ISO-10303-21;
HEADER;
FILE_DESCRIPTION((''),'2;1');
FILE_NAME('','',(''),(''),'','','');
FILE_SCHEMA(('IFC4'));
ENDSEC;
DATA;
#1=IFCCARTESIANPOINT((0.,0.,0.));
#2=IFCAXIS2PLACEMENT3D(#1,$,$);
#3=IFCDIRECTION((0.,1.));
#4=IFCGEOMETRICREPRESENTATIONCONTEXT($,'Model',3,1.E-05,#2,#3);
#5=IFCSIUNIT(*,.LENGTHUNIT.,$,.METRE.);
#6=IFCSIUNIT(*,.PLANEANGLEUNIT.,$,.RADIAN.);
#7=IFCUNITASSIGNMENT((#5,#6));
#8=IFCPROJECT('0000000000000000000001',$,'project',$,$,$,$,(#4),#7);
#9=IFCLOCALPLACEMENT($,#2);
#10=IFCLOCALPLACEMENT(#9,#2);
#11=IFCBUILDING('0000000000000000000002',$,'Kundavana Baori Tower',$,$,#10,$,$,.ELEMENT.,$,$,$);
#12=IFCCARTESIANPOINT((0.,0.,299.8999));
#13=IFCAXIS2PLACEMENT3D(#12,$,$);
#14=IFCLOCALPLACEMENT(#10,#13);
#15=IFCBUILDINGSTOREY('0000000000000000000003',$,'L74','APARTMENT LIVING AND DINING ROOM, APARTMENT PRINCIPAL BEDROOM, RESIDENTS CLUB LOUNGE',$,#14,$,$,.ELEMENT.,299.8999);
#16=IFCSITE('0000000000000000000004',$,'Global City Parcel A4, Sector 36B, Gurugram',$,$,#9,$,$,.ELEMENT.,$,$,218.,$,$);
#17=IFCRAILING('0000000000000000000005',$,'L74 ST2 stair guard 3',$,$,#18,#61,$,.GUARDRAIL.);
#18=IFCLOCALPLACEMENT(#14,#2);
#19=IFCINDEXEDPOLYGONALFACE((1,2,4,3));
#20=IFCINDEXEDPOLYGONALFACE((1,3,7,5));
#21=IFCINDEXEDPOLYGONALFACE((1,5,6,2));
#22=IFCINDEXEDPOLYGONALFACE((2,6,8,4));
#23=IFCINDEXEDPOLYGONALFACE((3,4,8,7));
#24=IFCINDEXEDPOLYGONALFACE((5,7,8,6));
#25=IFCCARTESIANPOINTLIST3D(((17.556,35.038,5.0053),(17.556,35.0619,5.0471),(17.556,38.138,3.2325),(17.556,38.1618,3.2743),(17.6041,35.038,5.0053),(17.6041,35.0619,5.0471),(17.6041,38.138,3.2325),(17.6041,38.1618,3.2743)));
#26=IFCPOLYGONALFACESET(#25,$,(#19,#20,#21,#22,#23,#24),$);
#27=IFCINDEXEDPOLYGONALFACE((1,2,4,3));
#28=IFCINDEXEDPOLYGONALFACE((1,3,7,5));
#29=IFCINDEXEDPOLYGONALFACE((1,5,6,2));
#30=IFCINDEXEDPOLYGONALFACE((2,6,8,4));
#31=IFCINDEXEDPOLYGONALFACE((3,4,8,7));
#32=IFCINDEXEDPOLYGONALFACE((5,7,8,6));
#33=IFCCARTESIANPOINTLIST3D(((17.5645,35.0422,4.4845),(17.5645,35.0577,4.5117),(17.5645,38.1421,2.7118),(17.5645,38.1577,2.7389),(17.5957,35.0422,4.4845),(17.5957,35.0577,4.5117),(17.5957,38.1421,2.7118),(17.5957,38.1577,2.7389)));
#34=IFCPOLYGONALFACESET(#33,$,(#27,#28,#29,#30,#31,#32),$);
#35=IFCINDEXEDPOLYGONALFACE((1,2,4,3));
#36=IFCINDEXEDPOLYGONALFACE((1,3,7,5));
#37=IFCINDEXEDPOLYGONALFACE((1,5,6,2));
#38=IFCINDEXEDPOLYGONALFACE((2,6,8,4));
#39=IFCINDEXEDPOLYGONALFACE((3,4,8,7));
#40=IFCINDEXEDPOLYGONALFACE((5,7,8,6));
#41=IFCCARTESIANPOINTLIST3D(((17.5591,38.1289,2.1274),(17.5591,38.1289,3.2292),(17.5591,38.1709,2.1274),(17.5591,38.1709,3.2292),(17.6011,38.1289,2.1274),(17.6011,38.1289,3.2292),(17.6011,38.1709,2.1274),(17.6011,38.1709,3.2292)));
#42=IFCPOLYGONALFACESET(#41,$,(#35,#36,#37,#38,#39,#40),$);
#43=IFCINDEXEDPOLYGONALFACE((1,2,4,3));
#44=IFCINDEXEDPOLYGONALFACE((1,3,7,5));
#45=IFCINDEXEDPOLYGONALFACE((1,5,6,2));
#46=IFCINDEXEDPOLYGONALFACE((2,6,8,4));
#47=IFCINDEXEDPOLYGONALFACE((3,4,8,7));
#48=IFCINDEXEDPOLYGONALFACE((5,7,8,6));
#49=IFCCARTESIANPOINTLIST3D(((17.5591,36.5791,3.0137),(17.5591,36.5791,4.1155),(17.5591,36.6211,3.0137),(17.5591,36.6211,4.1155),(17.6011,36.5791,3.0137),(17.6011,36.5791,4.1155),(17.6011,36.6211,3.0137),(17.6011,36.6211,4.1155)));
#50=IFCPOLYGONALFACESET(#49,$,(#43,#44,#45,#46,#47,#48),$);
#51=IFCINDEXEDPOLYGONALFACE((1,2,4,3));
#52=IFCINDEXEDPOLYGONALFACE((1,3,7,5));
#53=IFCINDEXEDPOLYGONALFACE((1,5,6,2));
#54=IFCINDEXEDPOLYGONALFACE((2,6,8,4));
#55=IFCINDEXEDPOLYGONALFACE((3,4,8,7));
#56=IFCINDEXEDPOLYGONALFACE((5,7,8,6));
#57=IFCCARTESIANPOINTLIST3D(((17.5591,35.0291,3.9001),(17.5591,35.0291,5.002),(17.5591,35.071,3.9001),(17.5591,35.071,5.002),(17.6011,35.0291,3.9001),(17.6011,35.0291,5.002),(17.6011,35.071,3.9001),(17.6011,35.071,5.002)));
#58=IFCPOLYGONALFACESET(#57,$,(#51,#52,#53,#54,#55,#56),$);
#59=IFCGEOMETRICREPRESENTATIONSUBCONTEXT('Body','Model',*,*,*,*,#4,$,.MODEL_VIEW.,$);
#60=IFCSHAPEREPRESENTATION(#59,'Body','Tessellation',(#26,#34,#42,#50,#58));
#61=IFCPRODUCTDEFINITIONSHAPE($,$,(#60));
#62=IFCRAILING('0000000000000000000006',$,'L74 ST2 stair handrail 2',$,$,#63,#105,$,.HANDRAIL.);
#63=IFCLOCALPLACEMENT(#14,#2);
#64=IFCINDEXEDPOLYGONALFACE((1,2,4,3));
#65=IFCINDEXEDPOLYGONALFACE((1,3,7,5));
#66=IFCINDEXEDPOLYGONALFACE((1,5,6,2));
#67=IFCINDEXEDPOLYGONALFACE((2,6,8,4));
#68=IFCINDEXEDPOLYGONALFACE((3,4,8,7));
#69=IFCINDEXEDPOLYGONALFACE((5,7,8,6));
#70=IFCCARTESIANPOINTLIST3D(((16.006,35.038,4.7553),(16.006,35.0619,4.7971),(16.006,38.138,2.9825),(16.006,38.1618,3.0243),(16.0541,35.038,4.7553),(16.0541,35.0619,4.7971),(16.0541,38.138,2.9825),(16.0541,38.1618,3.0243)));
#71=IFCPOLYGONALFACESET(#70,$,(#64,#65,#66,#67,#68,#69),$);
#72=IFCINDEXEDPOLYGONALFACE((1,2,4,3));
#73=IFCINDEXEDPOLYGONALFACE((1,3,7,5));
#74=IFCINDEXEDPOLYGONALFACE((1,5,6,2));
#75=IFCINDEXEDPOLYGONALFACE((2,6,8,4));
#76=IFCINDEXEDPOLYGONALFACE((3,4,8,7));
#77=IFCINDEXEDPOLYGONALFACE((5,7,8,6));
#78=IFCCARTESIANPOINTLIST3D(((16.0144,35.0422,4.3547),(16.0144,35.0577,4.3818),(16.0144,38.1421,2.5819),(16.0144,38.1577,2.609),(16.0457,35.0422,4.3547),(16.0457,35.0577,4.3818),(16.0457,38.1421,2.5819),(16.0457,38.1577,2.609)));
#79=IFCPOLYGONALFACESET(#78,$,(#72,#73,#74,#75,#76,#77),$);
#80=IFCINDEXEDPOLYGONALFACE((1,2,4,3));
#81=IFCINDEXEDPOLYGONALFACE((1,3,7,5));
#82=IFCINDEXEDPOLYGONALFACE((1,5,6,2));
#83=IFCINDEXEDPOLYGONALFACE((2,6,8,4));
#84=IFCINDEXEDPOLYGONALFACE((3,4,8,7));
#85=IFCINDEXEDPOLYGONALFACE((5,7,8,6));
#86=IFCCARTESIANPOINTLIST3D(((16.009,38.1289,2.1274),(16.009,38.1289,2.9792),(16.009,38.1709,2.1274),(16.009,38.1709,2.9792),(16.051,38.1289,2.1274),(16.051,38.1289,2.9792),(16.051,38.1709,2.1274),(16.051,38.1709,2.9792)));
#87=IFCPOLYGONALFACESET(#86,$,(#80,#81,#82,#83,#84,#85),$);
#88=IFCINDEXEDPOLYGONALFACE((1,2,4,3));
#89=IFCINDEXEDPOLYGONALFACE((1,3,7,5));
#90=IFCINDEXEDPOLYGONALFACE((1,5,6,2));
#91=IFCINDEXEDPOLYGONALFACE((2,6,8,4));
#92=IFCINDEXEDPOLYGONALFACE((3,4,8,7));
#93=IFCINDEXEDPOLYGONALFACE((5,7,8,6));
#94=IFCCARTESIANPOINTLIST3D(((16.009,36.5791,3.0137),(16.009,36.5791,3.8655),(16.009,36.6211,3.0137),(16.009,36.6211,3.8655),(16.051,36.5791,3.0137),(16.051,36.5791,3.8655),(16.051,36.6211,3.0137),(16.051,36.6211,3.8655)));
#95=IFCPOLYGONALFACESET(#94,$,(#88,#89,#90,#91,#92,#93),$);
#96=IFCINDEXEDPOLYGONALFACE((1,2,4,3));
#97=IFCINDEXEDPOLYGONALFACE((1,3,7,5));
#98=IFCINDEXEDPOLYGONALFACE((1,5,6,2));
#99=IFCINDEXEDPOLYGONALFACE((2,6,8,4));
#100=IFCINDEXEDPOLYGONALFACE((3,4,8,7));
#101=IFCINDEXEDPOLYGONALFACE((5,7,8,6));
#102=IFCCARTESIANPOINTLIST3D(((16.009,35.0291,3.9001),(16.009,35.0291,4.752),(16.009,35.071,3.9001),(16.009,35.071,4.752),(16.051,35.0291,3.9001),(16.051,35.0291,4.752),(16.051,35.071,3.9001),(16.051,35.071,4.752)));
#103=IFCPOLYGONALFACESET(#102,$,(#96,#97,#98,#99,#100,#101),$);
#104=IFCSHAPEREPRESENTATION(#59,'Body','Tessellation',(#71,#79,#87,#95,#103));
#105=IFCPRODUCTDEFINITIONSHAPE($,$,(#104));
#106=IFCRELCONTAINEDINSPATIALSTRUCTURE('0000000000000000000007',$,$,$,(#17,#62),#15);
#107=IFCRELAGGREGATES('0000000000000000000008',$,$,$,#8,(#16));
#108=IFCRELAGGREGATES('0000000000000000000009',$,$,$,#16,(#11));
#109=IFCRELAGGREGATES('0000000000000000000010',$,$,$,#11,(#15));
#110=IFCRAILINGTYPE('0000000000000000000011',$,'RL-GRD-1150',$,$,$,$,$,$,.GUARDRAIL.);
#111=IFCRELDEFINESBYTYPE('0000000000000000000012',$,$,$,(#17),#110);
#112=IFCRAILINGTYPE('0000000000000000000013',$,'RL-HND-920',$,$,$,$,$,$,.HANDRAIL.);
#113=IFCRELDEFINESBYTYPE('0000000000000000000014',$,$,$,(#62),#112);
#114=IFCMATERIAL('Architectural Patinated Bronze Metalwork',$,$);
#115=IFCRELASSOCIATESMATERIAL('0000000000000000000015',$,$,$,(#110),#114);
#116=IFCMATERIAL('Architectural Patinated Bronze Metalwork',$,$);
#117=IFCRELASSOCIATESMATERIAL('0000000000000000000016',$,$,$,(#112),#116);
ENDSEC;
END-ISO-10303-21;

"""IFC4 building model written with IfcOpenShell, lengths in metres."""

from ifc_helpers import new_model, si_unit, direction, frame, origin, origin_2d, place, context, subcontext, project, spatial, rectangle, extrude, material, type_object, element, save


model = new_model("IFC4")

# Units and contexts
model_context = context("Model", 3, precision=1e-05, world=origin(), true_north=direction((0.0, 1.0)))
body_context = subcontext(model_context, "Body", "Model", "MODEL_VIEW")
ifc_project = project(units=[si_unit("LENGTHUNIT", "METRE"), si_unit("PLANEANGLEUNIT", "RADIAN")], contexts=[model_context])

# Site, building, storey
site_placement = place(None, origin())
site = spatial("IfcSite", under=ifc_project, at=site_placement, Name="Global City Parcel A4, Sector 36B, Gurugram", CompositionType="ELEMENT", RefElevation=218.0)
building_placement = place(site_placement, origin())
building = spatial("IfcBuilding", under=site, at=building_placement, Name="Kundavana Baori Tower", CompositionType="ELEMENT")
storey_placement = place(building_placement, frame((0.0, 0.0, 299.8999)))
storey = spatial("IfcBuildingStorey", under=building, at=storey_placement, Name="L74", Description="APARTMENT LIVING AND DINING ROOM, APARTMENT PRINCIPAL BEDROOM, RESIDENTS CLUB LOUNGE", CompositionType="ELEMENT", Elevation=299.8999)

# Railings
ifc_material_1 = material(Name="Architectural Patinated Bronze Metalwork")
railing_type_1 = type_object("IfcRailingType", Name="RL-GRD-1150", PredefinedType="GUARDRAIL", material=ifc_material_1)
railing_1_placement = place(storey_placement, frame((17.5801, 38.1499, 2.1274)))
element("IfcRailing", 1, at=railing_1_placement, inside=storey, type_object=railing_type_1, Name="L74 ST2 stair guard 3", PredefinedType="GUARDRAIL", context=body_context, shape_type="SweptSolid", body=[
    extrude(rectangle(XDim=0.0481, YDim=0.0481, at=origin_2d()), frame((0.0, 0.0, 1.126), z_axis=(0.0, -0.868079, 0.496426), x_axis=(1.0, 0.0, 0.0)), (0.0, 0.0, 1.0), 3.571),
    extrude(rectangle(XDim=0.0312, YDim=0.0312, at=origin_2d()), frame((0.0, 0.0, 0.5979), z_axis=(0.0, -0.868079, 0.496426), x_axis=(1.0, 0.0, 0.0)), (0.0, 0.0, 1.0), 3.571),
    extrude(rectangle(XDim=0.042, YDim=0.042, at=origin_2d()), origin(), (0.0, 0.0, 1.0), 1.1018),
    extrude(rectangle(XDim=0.042, YDim=0.042, at=origin_2d()), frame((0.0, -1.5498, 0.8862)), (0.0, 0.0, 1.0), 1.1018),
    extrude(rectangle(XDim=0.042, YDim=0.042, at=origin_2d()), frame((0.0, -3.0999, 1.7727)), (0.0, 0.0, 1.0), 1.1018),
])
ifc_material_2 = material(Name="Architectural Patinated Bronze Metalwork")
railing_type_2 = type_object("IfcRailingType", Name="RL-HND-920", PredefinedType="HANDRAIL", material=ifc_material_2)
railing_2_placement = place(storey_placement, frame((16.03, 38.1499, 2.1274)))
element("IfcRailing", 2, at=railing_2_placement, inside=storey, type_object=railing_type_2, Name="L74 ST2 stair handrail 2", PredefinedType="HANDRAIL", context=body_context, shape_type="SweptSolid", body=[
    extrude(rectangle(XDim=0.0481, YDim=0.0481, at=origin_2d()), frame((0.0, 0.0, 0.876), z_axis=(0.0, -0.868079, 0.496426), x_axis=(1.0, 0.0, 0.0)), (0.0, 0.0, 1.0), 3.571),
    extrude(rectangle(XDim=0.0312, YDim=0.0312, at=origin_2d()), frame((0.0, 0.0, 0.468), z_axis=(0.0, -0.868079, 0.496426), x_axis=(1.0, 0.0, 0.0)), (0.0, 0.0, 1.0), 3.571),
    extrude(rectangle(XDim=0.042, YDim=0.042, at=origin_2d()), origin(), (0.0, 0.0, 1.0), 0.8518),
    extrude(rectangle(XDim=0.042, YDim=0.042, at=origin_2d()), frame((0.0, -1.5498, 0.8862)), (0.0, 0.0, 1.0), 0.8518),
    extrude(rectangle(XDim=0.042, YDim=0.042, at=origin_2d()), frame((0.0, -3.0999, 1.7727)), (0.0, 0.0, 1.0), 0.8518),
])

save(model, "model.ifc")
